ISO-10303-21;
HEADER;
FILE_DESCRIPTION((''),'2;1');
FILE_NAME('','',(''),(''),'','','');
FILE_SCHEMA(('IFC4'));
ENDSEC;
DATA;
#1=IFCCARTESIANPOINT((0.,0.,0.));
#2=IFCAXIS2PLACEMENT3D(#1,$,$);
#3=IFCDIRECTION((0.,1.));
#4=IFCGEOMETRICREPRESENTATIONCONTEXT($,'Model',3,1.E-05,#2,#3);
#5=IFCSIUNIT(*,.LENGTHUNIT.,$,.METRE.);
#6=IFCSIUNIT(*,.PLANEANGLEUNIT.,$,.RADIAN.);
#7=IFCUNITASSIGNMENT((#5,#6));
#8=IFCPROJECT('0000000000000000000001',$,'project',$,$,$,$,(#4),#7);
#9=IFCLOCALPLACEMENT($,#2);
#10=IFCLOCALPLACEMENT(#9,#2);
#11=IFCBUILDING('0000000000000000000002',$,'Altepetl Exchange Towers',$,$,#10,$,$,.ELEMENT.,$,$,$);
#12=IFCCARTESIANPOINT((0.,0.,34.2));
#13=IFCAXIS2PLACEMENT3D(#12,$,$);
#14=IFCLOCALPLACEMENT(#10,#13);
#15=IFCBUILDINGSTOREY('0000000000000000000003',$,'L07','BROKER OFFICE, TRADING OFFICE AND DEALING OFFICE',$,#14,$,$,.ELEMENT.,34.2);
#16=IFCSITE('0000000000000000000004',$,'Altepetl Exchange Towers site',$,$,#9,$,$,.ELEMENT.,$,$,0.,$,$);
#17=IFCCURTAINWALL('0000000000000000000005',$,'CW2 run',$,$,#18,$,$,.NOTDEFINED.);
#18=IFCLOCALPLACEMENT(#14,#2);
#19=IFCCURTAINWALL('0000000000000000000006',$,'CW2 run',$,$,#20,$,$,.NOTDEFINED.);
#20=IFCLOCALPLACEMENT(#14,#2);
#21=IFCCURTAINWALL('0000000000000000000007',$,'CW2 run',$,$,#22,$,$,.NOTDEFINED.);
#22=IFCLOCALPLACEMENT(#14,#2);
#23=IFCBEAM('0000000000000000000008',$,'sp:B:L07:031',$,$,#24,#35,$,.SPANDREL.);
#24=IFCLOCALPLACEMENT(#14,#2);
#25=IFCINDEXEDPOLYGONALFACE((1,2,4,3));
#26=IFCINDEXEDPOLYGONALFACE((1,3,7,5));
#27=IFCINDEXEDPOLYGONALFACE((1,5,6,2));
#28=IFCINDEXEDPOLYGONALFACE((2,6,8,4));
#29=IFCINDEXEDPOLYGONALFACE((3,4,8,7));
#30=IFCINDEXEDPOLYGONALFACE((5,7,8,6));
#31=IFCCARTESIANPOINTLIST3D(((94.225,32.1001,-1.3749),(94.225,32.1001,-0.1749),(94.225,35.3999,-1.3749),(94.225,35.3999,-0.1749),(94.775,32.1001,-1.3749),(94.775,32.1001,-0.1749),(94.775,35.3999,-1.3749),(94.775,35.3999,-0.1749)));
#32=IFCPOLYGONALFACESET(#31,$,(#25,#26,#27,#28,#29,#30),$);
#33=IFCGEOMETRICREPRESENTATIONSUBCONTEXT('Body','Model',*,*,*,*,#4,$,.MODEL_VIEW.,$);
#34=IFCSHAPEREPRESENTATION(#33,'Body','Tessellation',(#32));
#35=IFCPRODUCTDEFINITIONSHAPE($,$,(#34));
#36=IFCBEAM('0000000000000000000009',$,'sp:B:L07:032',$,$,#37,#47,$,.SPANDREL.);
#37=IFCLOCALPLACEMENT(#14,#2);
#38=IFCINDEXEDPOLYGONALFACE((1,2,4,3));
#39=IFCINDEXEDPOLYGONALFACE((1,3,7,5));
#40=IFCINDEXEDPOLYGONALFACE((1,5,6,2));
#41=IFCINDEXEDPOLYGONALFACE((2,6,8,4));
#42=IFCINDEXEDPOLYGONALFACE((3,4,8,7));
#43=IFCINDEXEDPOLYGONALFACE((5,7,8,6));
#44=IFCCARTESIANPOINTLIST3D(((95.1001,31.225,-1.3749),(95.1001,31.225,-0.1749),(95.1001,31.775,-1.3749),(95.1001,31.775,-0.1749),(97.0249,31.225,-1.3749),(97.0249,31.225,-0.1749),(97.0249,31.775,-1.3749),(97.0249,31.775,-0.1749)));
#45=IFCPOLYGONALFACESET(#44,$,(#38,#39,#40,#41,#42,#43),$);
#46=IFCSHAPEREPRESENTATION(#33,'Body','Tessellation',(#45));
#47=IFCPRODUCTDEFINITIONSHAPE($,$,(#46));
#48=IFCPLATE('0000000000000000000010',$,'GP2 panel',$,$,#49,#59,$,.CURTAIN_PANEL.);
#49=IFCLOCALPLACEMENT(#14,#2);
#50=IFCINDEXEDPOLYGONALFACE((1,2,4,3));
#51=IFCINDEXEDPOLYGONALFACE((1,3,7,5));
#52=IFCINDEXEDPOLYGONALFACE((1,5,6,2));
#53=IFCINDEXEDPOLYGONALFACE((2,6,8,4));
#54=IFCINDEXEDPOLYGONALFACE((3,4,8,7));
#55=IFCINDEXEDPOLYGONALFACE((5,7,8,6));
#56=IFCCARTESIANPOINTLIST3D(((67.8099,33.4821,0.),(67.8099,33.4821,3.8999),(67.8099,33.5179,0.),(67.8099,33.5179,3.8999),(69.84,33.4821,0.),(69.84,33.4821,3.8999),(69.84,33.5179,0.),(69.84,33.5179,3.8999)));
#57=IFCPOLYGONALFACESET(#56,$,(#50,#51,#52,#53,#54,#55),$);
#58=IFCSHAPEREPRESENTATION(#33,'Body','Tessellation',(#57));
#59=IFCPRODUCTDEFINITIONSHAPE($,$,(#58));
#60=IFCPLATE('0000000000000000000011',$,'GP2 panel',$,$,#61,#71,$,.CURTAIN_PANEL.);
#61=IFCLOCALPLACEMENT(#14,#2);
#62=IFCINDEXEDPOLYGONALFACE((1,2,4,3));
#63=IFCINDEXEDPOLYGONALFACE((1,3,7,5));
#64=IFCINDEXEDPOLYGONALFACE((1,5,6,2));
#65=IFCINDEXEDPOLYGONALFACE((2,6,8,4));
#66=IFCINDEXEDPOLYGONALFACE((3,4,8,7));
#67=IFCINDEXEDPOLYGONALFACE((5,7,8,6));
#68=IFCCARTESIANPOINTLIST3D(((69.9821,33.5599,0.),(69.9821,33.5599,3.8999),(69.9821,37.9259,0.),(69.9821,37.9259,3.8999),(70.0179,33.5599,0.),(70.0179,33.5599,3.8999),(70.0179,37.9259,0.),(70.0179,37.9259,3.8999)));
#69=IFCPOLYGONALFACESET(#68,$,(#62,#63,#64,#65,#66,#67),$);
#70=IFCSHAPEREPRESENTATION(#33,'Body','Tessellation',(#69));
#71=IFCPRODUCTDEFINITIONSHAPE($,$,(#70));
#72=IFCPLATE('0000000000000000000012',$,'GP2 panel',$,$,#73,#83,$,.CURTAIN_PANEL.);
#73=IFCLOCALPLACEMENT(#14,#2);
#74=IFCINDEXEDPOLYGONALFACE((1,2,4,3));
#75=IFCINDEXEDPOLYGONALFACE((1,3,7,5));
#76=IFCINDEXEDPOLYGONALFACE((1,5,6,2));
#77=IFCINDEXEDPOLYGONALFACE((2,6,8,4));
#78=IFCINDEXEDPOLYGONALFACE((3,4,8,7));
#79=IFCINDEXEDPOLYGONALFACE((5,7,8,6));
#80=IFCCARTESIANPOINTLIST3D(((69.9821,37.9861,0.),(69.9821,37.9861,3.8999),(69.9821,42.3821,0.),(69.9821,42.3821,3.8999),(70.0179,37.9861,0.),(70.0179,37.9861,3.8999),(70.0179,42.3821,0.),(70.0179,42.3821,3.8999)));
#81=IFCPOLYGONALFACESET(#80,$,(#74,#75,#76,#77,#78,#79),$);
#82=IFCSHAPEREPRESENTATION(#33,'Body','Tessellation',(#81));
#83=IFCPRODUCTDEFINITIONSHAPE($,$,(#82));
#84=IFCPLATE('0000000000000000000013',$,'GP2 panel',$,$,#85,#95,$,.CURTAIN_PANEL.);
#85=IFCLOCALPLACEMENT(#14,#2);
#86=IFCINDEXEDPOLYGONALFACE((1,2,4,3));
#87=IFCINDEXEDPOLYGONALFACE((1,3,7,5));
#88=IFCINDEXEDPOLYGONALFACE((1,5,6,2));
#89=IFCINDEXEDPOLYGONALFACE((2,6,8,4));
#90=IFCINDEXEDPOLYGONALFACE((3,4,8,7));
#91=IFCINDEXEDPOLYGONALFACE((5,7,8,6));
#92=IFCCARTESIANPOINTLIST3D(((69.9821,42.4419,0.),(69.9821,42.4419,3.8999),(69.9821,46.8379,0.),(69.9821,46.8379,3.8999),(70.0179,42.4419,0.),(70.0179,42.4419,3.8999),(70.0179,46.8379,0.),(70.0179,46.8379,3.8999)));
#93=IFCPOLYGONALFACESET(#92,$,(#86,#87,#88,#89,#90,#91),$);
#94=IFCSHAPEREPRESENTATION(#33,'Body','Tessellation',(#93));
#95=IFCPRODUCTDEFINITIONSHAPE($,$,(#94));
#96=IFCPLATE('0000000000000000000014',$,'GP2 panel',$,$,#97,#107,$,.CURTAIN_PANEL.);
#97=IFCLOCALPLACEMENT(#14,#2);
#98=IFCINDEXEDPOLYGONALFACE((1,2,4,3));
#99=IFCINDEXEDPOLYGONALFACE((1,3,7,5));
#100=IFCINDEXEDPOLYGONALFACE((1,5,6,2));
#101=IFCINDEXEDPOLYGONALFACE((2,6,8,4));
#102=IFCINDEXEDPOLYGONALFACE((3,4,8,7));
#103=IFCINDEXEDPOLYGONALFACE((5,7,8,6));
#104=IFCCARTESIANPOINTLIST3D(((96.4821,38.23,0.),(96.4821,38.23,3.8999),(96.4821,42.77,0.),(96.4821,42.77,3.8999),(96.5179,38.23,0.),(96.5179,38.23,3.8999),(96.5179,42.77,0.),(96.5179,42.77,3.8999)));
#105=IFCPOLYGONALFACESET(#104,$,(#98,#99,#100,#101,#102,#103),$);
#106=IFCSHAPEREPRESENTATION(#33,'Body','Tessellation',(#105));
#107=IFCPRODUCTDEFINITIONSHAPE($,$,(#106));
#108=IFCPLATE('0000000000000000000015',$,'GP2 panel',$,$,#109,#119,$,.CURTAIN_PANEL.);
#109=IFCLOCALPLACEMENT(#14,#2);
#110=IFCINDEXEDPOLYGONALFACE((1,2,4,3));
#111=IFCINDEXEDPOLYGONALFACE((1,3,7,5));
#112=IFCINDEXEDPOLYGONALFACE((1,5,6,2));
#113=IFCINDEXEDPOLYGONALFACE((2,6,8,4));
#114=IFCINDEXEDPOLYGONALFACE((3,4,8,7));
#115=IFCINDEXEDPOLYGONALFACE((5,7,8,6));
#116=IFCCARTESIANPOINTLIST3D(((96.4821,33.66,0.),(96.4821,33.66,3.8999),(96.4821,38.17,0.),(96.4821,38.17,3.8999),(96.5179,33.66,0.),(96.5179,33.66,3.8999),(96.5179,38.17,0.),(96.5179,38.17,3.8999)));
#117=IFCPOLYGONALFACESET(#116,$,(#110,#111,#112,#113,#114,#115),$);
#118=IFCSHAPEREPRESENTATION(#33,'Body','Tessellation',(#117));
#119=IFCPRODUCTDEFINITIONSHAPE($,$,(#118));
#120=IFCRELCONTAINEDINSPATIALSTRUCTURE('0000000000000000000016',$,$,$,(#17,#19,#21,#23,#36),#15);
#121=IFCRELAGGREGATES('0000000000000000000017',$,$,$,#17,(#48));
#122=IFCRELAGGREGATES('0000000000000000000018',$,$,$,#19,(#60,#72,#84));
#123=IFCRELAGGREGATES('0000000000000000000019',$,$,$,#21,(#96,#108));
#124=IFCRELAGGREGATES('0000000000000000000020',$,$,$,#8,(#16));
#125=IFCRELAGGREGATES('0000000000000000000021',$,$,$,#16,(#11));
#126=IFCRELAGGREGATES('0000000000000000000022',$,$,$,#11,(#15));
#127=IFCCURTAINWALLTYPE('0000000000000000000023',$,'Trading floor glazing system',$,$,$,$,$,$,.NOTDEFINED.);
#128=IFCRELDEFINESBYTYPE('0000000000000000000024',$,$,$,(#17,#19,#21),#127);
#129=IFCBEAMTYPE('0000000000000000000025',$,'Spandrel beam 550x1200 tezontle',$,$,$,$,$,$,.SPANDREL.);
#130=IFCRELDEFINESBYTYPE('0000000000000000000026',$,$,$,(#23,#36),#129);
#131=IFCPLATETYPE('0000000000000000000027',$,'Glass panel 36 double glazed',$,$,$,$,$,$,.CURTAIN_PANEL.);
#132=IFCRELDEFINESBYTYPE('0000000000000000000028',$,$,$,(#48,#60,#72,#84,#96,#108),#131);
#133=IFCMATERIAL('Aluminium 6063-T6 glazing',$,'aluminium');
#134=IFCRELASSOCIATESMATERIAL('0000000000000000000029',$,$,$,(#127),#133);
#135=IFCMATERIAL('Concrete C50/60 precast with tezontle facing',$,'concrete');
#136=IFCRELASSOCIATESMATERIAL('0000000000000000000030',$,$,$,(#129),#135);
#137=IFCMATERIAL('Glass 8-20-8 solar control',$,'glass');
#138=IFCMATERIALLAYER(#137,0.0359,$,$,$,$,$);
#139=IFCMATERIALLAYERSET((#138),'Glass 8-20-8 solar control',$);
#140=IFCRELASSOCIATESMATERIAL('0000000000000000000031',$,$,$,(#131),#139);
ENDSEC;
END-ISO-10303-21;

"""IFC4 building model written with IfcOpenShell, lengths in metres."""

from ifc_helpers import new_model, si_unit, direction, frame, origin, origin_2d, place, context, subcontext, project, spatial, rectangle, extrude, material, layer, layer_set, material_profile, profile_set, type_object, element, aggregate, save


model = new_model("IFC4")

# Units and contexts
model_context = context("Model", 3, precision=1e-05, world=origin(), true_north=direction((0.0, 1.0)))
body_context = subcontext(model_context, "Body", "Model", "MODEL_VIEW")
ifc_project = project(units=[si_unit("LENGTHUNIT", "METRE"), si_unit("PLANEANGLEUNIT", "RADIAN")], contexts=[model_context])

# Site, building, storey
site_placement = place(None, origin())
site = spatial("IfcSite", under=ifc_project, at=site_placement, Name="Altepetl Exchange Towers site", CompositionType="ELEMENT", RefElevation=0.0)
building_placement = place(site_placement, origin())
building = spatial("IfcBuilding", under=site, at=building_placement, Name="Altepetl Exchange Towers", CompositionType="ELEMENT")
storey_placement = place(building_placement, frame((0.0, 0.0, 34.2)))
storey = spatial("IfcBuildingStorey", under=building, at=storey_placement, Name="L07", Description="BROKER OFFICE, TRADING OFFICE AND DEALING OFFICE", CompositionType="ELEMENT", Elevation=34.2)

# Curtain walls
ifc_material_1 = material(Name="Aluminium 6063-T6 glazing", Category="aluminium")
curtain_wall_type = type_object("IfcCurtainWallType", Name="Trading floor glazing system", PredefinedType="NOTDEFINED", material=ifc_material_1)
curtain_wall_1_placement = place(storey_placement, origin())
curtain_wall_1 = element("IfcCurtainWall", 1, at=curtain_wall_1_placement, inside=storey, type_object=curtain_wall_type, Name="CW2 run", PredefinedType="NOTDEFINED")
curtain_wall_2_placement = place(storey_placement, origin())
curtain_wall_2 = element("IfcCurtainWall", 2, at=curtain_wall_2_placement, inside=storey, type_object=curtain_wall_type, Name="CW2 run", PredefinedType="NOTDEFINED")
curtain_wall_3_placement = place(storey_placement, origin())
curtain_wall_3 = element("IfcCurtainWall", 3, at=curtain_wall_3_placement, inside=storey, type_object=curtain_wall_type, Name="CW2 run", PredefinedType="NOTDEFINED")

# Beams
ifc_material_2 = material(Name="Concrete C50/60 precast with tezontle facing", Category="concrete")
ifc_material_profile_1 = material_profile(ifc_material_2, rectangle(XDim=0.55, YDim=1.2, at=origin_2d()), Name="550 x 1200")
ifc_profile_set_1 = profile_set([ifc_material_profile_1], Name="Concrete C50/60 precast with tezontle facing")
beam_type_1 = type_object("IfcBeamType", Name="Spandrel beam 550x1200 tezontle", PredefinedType="SPANDREL", material=ifc_profile_set_1)
beam_1_placement = place(storey_placement, frame((94.5, 35.3999, -0.7749), z_axis=(0.0, -1.0, 0.0), x_axis=(1.0, 0.0, 0.0)))
element("IfcBeam", 4, at=beam_1_placement, inside=storey, type_object=beam_type_1, Name="sp:B:L07:031", PredefinedType="SPANDREL", context=body_context, shape_type="SweptSolid", body=[
    extrude(rectangle(XDim=0.55, YDim=1.2, at=origin_2d()), origin(), (0.0, 0.0, 1.0), 3.2998),
])
beam_2_placement = place(storey_placement, frame((95.1001, 31.5, -0.7749), z_axis=(1.0, 0.0, 0.0), x_axis=(0.0, 1.0, 0.0)))
element("IfcBeam", 5, at=beam_2_placement, inside=storey, type_object=beam_type_1, Name="sp:B:L07:032", PredefinedType="SPANDREL", context=body_context, shape_type="SweptSolid", body=[
    extrude(rectangle(XDim=0.55, YDim=1.2, at=origin_2d()), origin(), (0.0, 0.0, 1.0), 1.9248),
])

# Plates
ifc_material_3 = material(Name="Glass 8-20-8 solar control", Category="glass")
ifc_layer = layer(ifc_material_3, 0.0359)
ifc_layer_set = layer_set([ifc_layer], Name="Glass 8-20-8 solar control")
plate_type = type_object("IfcPlateType", Name="Glass panel 36 double glazed", PredefinedType="CURTAIN_PANEL", material=ifc_layer_set)
plate_1_placement = place(storey_placement, frame((68.825, 33.5, 0.0)))
plate_1 = element("IfcPlate", 6, at=plate_1_placement, type_object=plate_type, Name="GP2 panel", PredefinedType="CURTAIN_PANEL", context=body_context, shape_type="SweptSolid", body=[
    extrude(rectangle(XDim=2.03, YDim=0.0359, at=origin_2d()), origin(), (0.0, 0.0, 1.0), 3.8999),
])
aggregate(curtain_wall_1, [plate_1])
plate_2_placement = place(storey_placement, frame((70.0, 35.7429, 0.0), z_axis=(0.0, 0.0, 1.0), x_axis=(0.0, 1.0, 0.0)))
plate_2 = element("IfcPlate", 7, at=plate_2_placement, type_object=plate_type, Name="GP2 panel", PredefinedType="CURTAIN_PANEL", context=body_context, shape_type="SweptSolid", body=[
    extrude(rectangle(XDim=4.366, YDim=0.0359, at=origin_2d()), origin(), (0.0, 0.0, 1.0), 3.8999),
])
plate_3_placement = place(storey_placement, frame((70.0, 40.1841, 0.0), z_axis=(0.0, 0.0, 1.0), x_axis=(0.0, 1.0, 0.0)))
plate_3 = element("IfcPlate", 8, at=plate_3_placement, type_object=plate_type, Name="GP2 panel", PredefinedType="CURTAIN_PANEL", context=body_context, shape_type="SweptSolid", body=[
    extrude(rectangle(XDim=4.396, YDim=0.0359, at=origin_2d()), origin(), (0.0, 0.0, 1.0), 3.8999),
])
plate_4_placement = place(storey_placement, frame((70.0, 44.6399, 0.0), z_axis=(0.0, 0.0, 1.0), x_axis=(0.0, 1.0, 0.0)))
plate_4 = element("IfcPlate", 9, at=plate_4_placement, type_object=plate_type, Name="GP2 panel", PredefinedType="CURTAIN_PANEL", context=body_context, shape_type="SweptSolid", body=[
    extrude(rectangle(XDim=4.396, YDim=0.0359, at=origin_2d()), origin(), (0.0, 0.0, 1.0), 3.8999),
])
aggregate(curtain_wall_2, [plate_2, plate_3, plate_4])
plate_5_placement = place(storey_placement, frame((96.5, 40.5, 0.0), z_axis=(0.0, 0.0, 1.0), x_axis=(0.0, -1.0, 0.0)))
plate_5 = element("IfcPlate", 10, at=plate_5_placement, type_object=plate_type, Name="GP2 panel", PredefinedType="CURTAIN_PANEL", context=body_context, shape_type="SweptSolid", body=[
    extrude(rectangle(XDim=4.54, YDim=0.0359, at=origin_2d()), origin(), (0.0, 0.0, 1.0), 3.8999),
])
plate_6_placement = place(storey_placement, frame((96.5, 35.915, 0.0), z_axis=(0.0, 0.0, 1.0), x_axis=(0.0, -1.0, 0.0)))
plate_6 = element("IfcPlate", 11, at=plate_6_placement, type_object=plate_type, Name="GP2 panel", PredefinedType="CURTAIN_PANEL", context=body_context, shape_type="SweptSolid", body=[
    extrude(rectangle(XDim=4.51, YDim=0.0359, at=origin_2d()), origin(), (0.0, 0.0, 1.0), 3.8999),
])
aggregate(curtain_wall_3, [plate_5, plate_6])

save(model, "model.ifc")
